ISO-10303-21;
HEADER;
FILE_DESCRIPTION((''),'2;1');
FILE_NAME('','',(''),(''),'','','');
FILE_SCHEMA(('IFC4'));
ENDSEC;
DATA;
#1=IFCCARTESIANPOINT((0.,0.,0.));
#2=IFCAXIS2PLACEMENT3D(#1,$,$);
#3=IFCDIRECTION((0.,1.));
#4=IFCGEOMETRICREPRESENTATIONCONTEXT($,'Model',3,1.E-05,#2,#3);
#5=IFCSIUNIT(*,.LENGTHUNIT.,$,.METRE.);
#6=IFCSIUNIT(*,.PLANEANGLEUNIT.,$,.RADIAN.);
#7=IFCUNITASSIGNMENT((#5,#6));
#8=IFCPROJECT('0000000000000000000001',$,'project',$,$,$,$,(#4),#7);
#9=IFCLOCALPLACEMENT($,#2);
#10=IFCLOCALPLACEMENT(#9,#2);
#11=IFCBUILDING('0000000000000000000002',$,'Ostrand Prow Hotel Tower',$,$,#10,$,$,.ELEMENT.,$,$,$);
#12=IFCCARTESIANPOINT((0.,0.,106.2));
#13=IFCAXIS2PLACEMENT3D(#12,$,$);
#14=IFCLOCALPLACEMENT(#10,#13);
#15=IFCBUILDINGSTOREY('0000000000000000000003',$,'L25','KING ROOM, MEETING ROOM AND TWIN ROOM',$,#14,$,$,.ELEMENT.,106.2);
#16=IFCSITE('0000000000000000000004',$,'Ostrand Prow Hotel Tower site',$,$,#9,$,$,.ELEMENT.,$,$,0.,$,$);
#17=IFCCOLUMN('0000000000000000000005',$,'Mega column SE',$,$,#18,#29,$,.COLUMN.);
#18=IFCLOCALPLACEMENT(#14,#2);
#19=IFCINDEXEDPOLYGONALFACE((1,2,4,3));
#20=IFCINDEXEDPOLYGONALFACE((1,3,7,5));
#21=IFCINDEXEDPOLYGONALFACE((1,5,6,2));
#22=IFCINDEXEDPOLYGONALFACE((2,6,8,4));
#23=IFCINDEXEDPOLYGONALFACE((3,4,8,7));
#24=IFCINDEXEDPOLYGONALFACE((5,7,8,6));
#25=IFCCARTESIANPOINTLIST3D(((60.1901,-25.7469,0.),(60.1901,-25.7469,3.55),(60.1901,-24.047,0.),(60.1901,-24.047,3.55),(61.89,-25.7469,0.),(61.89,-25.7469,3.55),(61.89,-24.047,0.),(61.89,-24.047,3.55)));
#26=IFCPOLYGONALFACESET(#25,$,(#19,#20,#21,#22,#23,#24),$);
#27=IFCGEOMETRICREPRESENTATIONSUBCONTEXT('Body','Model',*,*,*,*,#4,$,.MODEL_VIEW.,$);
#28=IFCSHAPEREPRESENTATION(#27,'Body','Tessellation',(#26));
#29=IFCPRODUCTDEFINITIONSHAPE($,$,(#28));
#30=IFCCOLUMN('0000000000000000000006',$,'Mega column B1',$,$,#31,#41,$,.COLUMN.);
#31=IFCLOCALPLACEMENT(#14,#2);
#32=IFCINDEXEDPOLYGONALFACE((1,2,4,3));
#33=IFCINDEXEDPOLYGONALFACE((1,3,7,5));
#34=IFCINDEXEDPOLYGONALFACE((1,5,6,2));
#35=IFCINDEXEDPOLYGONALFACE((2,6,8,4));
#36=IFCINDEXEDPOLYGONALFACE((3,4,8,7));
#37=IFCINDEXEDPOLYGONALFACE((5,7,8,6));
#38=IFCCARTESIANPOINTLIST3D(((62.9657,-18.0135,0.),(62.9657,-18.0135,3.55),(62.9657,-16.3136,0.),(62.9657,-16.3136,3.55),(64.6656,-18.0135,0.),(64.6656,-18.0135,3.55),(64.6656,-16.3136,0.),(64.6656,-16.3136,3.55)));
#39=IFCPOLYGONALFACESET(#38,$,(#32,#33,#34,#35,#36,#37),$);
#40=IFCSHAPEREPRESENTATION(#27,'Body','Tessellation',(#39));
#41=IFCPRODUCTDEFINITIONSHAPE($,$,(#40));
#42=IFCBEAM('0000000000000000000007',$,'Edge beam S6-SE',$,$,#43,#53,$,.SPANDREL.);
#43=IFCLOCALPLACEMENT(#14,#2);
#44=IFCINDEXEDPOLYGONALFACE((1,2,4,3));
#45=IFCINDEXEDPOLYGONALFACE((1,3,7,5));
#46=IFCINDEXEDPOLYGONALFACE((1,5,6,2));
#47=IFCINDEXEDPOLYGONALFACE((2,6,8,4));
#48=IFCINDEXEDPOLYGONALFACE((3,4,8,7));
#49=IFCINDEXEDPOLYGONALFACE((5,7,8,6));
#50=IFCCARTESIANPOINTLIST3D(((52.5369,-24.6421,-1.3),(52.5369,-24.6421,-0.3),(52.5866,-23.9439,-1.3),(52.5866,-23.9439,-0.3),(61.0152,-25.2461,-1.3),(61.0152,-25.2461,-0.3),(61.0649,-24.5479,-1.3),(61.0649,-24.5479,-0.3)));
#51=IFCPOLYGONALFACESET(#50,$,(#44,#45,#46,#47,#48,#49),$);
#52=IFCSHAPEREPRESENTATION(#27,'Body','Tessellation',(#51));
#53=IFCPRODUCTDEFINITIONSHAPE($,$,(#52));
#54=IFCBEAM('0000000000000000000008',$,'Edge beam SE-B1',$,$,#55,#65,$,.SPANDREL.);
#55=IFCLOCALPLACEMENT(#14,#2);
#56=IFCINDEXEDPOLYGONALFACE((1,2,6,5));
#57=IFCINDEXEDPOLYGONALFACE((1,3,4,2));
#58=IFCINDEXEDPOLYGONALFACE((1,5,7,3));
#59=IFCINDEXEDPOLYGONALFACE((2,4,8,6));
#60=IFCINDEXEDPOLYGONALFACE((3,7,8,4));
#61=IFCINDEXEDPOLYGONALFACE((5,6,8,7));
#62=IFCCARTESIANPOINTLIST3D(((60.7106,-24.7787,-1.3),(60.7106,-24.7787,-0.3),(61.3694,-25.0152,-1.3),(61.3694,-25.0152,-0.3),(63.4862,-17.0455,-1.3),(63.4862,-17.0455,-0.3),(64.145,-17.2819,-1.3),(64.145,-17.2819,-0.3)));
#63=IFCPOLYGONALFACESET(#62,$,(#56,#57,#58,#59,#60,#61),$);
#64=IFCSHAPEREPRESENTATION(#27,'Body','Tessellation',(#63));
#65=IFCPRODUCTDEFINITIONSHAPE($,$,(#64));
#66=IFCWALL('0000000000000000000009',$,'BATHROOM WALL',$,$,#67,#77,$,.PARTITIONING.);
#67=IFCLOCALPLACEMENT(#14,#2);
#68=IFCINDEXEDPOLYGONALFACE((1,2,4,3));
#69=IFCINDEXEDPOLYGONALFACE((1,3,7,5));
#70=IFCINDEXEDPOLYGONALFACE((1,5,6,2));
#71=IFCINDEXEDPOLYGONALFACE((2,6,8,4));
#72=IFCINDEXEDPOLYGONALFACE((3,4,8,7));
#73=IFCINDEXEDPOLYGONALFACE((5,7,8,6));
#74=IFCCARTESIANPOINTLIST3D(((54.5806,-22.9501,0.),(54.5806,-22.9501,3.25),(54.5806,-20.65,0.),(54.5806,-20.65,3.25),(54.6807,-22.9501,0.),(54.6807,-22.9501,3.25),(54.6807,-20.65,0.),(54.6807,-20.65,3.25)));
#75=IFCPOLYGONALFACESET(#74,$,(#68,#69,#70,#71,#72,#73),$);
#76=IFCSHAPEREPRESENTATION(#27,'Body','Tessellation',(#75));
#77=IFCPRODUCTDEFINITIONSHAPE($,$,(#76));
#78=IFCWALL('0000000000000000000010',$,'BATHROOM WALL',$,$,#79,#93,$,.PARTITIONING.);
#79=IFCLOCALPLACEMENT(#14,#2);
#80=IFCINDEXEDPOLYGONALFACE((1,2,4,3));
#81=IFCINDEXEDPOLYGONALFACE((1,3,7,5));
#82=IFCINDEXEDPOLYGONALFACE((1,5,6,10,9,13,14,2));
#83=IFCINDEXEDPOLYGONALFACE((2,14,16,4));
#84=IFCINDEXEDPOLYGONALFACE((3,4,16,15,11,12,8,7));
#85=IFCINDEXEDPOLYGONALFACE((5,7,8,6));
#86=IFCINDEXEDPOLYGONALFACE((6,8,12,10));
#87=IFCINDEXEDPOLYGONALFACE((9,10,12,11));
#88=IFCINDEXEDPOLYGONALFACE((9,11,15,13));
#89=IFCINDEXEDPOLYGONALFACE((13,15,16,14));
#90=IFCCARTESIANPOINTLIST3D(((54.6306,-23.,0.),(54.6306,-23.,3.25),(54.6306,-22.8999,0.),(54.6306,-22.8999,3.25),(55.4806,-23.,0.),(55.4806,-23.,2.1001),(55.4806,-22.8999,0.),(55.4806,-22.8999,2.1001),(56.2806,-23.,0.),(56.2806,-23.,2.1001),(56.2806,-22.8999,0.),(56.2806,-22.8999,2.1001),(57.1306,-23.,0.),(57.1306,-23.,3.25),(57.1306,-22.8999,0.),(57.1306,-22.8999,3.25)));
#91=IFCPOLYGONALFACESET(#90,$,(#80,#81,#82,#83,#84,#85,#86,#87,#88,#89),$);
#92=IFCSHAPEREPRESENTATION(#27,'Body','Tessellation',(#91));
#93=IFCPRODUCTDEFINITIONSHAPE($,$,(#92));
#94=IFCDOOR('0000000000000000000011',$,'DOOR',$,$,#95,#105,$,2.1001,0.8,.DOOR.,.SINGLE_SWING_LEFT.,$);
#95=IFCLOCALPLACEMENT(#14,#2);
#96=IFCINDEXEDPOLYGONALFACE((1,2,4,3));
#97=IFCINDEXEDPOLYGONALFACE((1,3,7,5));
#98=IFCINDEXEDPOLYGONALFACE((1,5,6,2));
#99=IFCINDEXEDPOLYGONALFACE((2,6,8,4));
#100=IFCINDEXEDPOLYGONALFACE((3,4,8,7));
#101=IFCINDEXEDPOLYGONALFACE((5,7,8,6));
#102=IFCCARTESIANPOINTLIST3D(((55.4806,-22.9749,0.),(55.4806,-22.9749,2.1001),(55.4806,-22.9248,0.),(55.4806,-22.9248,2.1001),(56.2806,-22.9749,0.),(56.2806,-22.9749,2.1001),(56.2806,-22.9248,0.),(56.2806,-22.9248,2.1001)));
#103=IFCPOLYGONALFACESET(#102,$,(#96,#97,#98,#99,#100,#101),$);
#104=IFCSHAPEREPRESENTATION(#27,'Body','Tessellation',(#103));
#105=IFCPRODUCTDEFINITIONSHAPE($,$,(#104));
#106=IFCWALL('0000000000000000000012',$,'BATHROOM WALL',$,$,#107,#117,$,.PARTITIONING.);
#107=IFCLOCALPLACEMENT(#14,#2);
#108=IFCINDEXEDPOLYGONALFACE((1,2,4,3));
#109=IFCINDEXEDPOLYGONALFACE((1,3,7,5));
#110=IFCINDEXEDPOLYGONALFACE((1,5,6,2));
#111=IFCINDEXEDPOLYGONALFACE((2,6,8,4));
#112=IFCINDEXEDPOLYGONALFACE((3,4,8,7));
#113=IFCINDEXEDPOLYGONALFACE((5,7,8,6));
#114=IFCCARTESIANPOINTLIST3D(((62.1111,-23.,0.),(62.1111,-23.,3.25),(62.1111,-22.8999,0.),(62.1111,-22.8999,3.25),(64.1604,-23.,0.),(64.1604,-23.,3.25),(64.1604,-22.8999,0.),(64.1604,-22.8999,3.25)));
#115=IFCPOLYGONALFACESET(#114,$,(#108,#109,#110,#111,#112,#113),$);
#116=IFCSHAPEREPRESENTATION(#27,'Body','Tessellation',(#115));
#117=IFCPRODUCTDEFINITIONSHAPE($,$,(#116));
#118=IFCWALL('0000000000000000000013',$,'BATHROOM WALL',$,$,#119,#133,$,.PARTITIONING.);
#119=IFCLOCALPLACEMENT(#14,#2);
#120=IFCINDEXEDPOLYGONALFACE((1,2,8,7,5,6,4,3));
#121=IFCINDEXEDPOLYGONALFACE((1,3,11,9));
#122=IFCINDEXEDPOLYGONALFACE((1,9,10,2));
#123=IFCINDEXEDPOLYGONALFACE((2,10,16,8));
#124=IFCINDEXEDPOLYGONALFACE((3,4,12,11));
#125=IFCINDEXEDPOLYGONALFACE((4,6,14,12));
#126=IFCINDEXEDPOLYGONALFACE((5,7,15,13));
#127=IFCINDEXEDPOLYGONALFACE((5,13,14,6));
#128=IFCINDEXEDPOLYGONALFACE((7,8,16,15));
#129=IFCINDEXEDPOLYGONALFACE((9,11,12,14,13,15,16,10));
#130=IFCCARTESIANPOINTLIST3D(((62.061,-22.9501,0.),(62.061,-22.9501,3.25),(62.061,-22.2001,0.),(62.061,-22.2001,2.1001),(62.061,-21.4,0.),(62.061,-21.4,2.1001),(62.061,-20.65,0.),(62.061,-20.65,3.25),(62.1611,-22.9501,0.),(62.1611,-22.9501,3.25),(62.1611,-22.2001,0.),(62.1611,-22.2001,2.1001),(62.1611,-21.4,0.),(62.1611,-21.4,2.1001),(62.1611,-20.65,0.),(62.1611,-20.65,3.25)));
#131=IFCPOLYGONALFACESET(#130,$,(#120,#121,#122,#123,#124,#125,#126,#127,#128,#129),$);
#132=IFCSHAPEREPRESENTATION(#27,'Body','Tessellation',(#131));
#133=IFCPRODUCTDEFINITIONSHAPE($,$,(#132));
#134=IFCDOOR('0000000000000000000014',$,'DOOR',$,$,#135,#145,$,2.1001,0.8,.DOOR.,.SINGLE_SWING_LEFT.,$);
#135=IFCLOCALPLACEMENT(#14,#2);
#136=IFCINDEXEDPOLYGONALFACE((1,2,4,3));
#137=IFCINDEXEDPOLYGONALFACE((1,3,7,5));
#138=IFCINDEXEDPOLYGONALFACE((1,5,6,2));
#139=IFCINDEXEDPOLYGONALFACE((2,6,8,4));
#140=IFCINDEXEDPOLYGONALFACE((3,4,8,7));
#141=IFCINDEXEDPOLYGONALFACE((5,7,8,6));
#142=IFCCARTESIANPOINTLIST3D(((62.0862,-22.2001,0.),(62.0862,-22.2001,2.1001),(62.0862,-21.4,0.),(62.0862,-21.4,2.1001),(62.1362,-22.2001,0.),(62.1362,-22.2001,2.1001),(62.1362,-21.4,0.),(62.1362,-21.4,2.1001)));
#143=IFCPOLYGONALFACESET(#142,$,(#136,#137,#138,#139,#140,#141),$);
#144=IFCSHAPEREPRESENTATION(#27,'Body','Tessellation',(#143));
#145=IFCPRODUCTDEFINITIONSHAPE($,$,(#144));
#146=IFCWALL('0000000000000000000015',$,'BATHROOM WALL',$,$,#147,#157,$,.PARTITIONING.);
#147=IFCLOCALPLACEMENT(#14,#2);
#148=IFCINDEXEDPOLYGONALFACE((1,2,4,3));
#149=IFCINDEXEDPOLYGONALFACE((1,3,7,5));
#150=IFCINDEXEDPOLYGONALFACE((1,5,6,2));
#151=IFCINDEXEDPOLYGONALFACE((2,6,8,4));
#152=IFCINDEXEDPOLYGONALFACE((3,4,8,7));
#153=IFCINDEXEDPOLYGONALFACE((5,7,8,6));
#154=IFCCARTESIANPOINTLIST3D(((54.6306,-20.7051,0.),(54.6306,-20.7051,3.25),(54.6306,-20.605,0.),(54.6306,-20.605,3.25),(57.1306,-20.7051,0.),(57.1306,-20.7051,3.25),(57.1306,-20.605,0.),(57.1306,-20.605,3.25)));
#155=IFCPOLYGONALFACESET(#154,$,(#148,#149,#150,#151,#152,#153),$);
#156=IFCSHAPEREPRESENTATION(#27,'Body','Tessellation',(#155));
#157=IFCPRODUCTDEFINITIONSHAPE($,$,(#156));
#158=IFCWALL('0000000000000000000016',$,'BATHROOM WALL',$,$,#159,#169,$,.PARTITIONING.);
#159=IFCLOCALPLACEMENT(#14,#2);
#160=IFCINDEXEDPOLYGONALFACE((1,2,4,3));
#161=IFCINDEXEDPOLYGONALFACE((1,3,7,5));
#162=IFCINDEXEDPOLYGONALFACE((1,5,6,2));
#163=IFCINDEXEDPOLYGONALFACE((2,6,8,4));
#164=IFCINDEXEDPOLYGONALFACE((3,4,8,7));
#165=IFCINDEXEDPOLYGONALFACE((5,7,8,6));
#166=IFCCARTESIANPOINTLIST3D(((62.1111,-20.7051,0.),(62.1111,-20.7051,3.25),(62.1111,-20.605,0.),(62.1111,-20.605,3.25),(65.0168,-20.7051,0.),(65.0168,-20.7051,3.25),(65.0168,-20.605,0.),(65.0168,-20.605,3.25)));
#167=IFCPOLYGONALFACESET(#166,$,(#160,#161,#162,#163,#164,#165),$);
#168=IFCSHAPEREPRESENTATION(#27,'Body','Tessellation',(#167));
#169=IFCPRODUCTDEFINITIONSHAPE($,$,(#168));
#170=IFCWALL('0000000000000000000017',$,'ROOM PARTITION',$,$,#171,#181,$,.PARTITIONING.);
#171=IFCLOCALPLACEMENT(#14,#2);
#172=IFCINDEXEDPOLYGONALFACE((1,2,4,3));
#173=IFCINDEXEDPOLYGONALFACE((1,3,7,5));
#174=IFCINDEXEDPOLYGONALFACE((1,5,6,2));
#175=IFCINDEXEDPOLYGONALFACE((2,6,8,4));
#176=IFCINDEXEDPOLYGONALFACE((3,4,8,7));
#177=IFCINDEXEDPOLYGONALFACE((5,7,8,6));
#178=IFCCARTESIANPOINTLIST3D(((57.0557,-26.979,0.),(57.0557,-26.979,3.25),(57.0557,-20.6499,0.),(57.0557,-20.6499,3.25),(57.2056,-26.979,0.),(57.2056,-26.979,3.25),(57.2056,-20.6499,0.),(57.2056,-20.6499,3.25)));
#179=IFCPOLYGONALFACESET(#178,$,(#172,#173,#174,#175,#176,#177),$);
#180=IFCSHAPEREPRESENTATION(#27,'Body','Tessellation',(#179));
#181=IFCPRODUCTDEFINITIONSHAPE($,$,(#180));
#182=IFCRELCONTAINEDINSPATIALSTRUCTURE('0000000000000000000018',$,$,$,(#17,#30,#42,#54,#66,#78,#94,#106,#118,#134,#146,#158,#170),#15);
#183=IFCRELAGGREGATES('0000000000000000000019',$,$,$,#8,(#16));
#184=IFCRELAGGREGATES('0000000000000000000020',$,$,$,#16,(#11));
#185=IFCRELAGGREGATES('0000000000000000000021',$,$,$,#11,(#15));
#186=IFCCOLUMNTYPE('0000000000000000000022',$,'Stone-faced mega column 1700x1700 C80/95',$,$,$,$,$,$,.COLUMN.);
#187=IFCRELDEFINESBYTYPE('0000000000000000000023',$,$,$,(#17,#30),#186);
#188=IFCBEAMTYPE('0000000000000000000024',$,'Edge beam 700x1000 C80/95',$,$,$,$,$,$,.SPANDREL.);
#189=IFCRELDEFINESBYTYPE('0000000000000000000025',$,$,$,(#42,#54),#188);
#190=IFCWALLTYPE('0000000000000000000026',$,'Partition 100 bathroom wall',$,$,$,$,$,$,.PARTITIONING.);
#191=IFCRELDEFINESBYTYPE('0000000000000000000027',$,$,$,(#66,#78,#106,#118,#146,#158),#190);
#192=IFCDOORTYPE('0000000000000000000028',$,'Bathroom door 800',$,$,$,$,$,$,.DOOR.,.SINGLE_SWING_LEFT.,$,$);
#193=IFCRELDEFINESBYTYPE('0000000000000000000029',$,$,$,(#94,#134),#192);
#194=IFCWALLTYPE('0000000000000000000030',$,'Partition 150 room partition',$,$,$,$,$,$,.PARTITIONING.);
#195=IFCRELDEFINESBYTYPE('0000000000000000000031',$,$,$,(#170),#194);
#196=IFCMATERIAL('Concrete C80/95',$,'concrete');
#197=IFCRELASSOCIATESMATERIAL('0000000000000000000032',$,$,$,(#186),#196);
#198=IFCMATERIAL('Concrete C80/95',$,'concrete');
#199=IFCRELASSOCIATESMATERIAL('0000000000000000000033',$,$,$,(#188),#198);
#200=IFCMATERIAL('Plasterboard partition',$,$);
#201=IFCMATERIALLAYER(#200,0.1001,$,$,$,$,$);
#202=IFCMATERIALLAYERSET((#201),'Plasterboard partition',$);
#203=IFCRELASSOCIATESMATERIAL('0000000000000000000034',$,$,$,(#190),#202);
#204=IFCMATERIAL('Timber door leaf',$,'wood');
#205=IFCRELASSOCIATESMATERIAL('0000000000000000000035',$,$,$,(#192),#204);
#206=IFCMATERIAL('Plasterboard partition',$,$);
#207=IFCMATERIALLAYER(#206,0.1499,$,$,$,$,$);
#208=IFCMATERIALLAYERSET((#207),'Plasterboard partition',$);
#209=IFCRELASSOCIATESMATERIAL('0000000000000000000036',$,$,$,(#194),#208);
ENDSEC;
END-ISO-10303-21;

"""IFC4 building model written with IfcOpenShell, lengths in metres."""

from ifc_helpers import new_model, si_unit, direction, frame, frame_2d, origin, origin_2d, place, context, subcontext, project, spatial, rectangle, extrude, material, layer, layer_set, material_profile, profile_set, type_object, element, fill, save


model = new_model("IFC4")

# Units and contexts
model_context = context("Model", 3, precision=1e-05, world=origin(), true_north=direction((0.0, 1.0)))
body_context = subcontext(model_context, "Body", "Model", "MODEL_VIEW")
ifc_project = project(units=[si_unit("LENGTHUNIT", "METRE"), si_unit("PLANEANGLEUNIT", "RADIAN")], contexts=[model_context])

# Site, building, storey
site_placement = place(None, origin())
site = spatial("IfcSite", under=ifc_project, at=site_placement, Name="Ostrand Prow Hotel Tower site", CompositionType="ELEMENT", RefElevation=0.0)
building_placement = place(site_placement, origin())
building = spatial("IfcBuilding", under=site, at=building_placement, Name="Ostrand Prow Hotel Tower", CompositionType="ELEMENT")
storey_placement = place(building_placement, frame((0.0, 0.0, 106.2)))
storey = spatial("IfcBuildingStorey", under=building, at=storey_placement, Name="L25", Description="KING ROOM, MEETING ROOM AND TWIN ROOM", CompositionType="ELEMENT", Elevation=106.2)

# Columns
ifc_material_1 = material(Name="Concrete C80/95", Category="concrete")
ifc_material_profile_1 = material_profile(ifc_material_1, rectangle(XDim=1.7, YDim=1.7, at=origin_2d()), Name="RC 1700x1700")
ifc_profile_set_1 = profile_set([ifc_material_profile_1], Name="Concrete C80/95")
column_type = type_object("IfcColumnType", Name="Stone-faced mega column 1700x1700 C80/95", PredefinedType="COLUMN", material=ifc_profile_set_1)
for number, where, z_axis, x_axis, name in (
    (1, (61.04, -24.897, 0.0), (0.0, 0.0, 1.0), (1.0, 0.0, 0.0), "Mega column SE"),
    (2, (63.8157, -17.1636, 0.0), (0.0, 0.0, 1.0), (1.0, 0.0, 0.0), "Mega column B1"),
):
    element("IfcColumn", number, at=place(storey_placement, frame(where, z_axis=z_axis, x_axis=x_axis)), inside=storey, type_object=column_type, Name=name, PredefinedType="COLUMN", context=body_context, shape_type="SweptSolid", body=[
        extrude(rectangle(XDim=1.7, YDim=1.7, at=origin_2d()), origin(), (0.0, 0.0, 1.0), 3.55),
    ])

# Beams
ifc_material_2 = material(Name="Concrete C80/95", Category="concrete")
ifc_material_profile_2 = material_profile(ifc_material_2, rectangle(XDim=0.7, YDim=1.0, at=origin_2d()), Name="RC 700x1000")
ifc_profile_set_2 = profile_set([ifc_material_profile_2], Name="Concrete C80/95")
beam_type = type_object("IfcBeamType", Name="Edge beam 700x1000 C80/95", PredefinedType="SPANDREL", material=ifc_profile_set_2)
beam_1_placement = place(storey_placement, frame((52.5618, -24.293, -0.8), z_axis=(0.997472, -0.071061, 0.0), x_axis=(0.071061, 0.997472, 0.0)))
element("IfcBeam", 3, at=beam_1_placement, inside=storey, type_object=beam_type, Name="Edge beam S6-SE", PredefinedType="SPANDREL", context=body_context, shape_type="SweptSolid", body=[
    extrude(rectangle(XDim=0.7, YDim=1.0, at=origin_2d()), origin(), (0.0, 0.0, 1.0), 8.4998),
])
beam_2_placement = place(storey_placement, frame((61.04, -24.897, -0.8), z_axis=(0.337815, 0.941212, 0.0), x_axis=(-0.941212, 0.337815, 0.0)))
element("IfcBeam", 4, at=beam_2_placement, inside=storey, type_object=beam_type, Name="Edge beam SE-B1", PredefinedType="SPANDREL", context=body_context, shape_type="SweptSolid", body=[
    extrude(rectangle(XDim=0.7, YDim=1.0, at=origin_2d()), origin(), (0.0, 0.0, 1.0), 8.2163),
])

# Wall
ifc_material_3 = material(Name="Plasterboard partition")
ifc_layer_1 = layer(ifc_material_3, 0.1001)
ifc_layer_set_1 = layer_set([ifc_layer_1], Name="Plasterboard partition")
wall_type_1 = type_object("IfcWallType", Name="Partition 100 bathroom wall", PredefinedType="PARTITIONING", material=ifc_layer_set_1)
wall_1_placement = place(storey_placement, frame((54.6306, -22.95, 0.0), z_axis=(0.0, 0.0, 1.0), x_axis=(0.0, 1.0, 0.0)))
element("IfcWall", 5, at=wall_1_placement, inside=storey, type_object=wall_type_1, Name="BATHROOM WALL", PredefinedType="PARTITIONING", context=body_context, shape_type="SweptSolid", body=[
    extrude(rectangle(XDim=2.3, YDim=0.1001, at=frame_2d((1.1499, 0.0))), origin(), (0.0, 0.0, 1.0), 3.25),
])

# Wall, opening, door
wall_2_placement = place(storey_placement, frame((57.1306, -22.95, 0.0), z_axis=(0.0, 0.0, 1.0), x_axis=(-1.0, 0.0, 0.0)))
wall_2 = element("IfcWall", 6, at=wall_2_placement, inside=storey, type_object=wall_type_1, Name="BATHROOM WALL", PredefinedType="PARTITIONING", context=body_context, shape_type="SweptSolid", body=[
    extrude(rectangle(XDim=2.5, YDim=0.1001, at=frame_2d((1.25, 0.0))), origin(), (0.0, 0.0, 1.0), 3.25),
])
opening_1_placement = place(wall_2_placement, frame((0.8501, 0.0, 0.0)))
opening_1 = element("IfcOpeningElement", 7, at=opening_1_placement, cuts=wall_2, PredefinedType="OPENING", context=body_context, shape_type="SweptSolid", body=[
    extrude(rectangle(XDim=0.8, YDim=2.1001, at=frame_2d((0.3999, 1.05))), frame((0.0, 0.0601, 0.0), z_axis=(0.0, -1.0, 0.0), x_axis=(1.0, 0.0, 0.0)), (0.0, 0.0, 1.0), 0.1201),
])
ifc_material_4 = material(Name="Timber door leaf", Category="wood")
door_type_1 = type_object("IfcDoorType", Name="Bathroom door 800", OperationType="SINGLE_SWING_LEFT", PredefinedType="DOOR", material=ifc_material_4)
door_1_placement = place(opening_1_placement, origin())
door_1 = element("IfcDoor", 8, at=door_1_placement, inside=storey, type_object=door_type_1, Name="DOOR", OperationType="SINGLE_SWING_LEFT", OverallHeight=2.1001, OverallWidth=0.8, PredefinedType="DOOR", context=body_context, shape_type="SweptSolid", body=[
    extrude(rectangle(XDim=0.8, YDim=2.1001, at=frame_2d((0.3999, 1.05))), frame((0.0, 0.0249, 0.0), z_axis=(0.0, -1.0, 0.0), x_axis=(1.0, 0.0, 0.0)), (0.0, 0.0, 1.0), 0.05),
])
fill(opening_1, door_1)

# Wall
wall_3_placement = place(storey_placement, frame((64.1604, -22.95, 0.0), z_axis=(0.0, 0.0, 1.0), x_axis=(-1.0, 0.0, 0.0)))
element("IfcWall", 9, at=wall_3_placement, inside=storey, type_object=wall_type_1, Name="BATHROOM WALL", PredefinedType="PARTITIONING", context=body_context, shape_type="SweptSolid", body=[
    extrude(rectangle(XDim=2.0493, YDim=0.1001, at=frame_2d((1.0247, 0.0))), origin(), (0.0, 0.0, 1.0), 3.25),
])

# Wall, opening, door
wall_4_placement = place(storey_placement, frame((62.1111, -22.95, 0.0), z_axis=(0.0, 0.0, 1.0), x_axis=(0.0, 1.0, 0.0)))
wall_4 = element("IfcWall", 10, at=wall_4_placement, inside=storey, type_object=wall_type_1, Name="BATHROOM WALL", PredefinedType="PARTITIONING", context=body_context, shape_type="SweptSolid", body=[
    extrude(rectangle(XDim=2.3, YDim=0.1001, at=frame_2d((1.1499, 0.0))), origin(), (0.0, 0.0, 1.0), 3.25),
])
opening_2_placement = place(wall_4_placement, frame((0.75, 0.0, 0.0)))
opening_2 = element("IfcOpeningElement", 11, at=opening_2_placement, cuts=wall_4, PredefinedType="OPENING", context=body_context, shape_type="SweptSolid", body=[
    extrude(rectangle(XDim=0.8, YDim=2.1001, at=frame_2d((0.3999, 1.05))), frame((0.0, 0.0601, 0.0), z_axis=(0.0, -1.0, 0.0), x_axis=(1.0, 0.0, 0.0)), (0.0, 0.0, 1.0), 0.1201),
])
door_2_placement = place(opening_2_placement, origin())
door_2 = element("IfcDoor", 12, at=door_2_placement, inside=storey, type_object=door_type_1, Name="DOOR", OperationType="SINGLE_SWING_LEFT", OverallHeight=2.1001, OverallWidth=0.8, PredefinedType="DOOR", context=body_context, shape_type="SweptSolid", body=[
    extrude(rectangle(XDim=0.8, YDim=2.1001, at=frame_2d((0.3999, 1.05))), frame((0.0, 0.0249, 0.0), z_axis=(0.0, -1.0, 0.0), x_axis=(1.0, 0.0, 0.0)), (0.0, 0.0, 1.0), 0.05),
])
fill(opening_2, door_2)

# Walls
wall_5_placement = place(storey_placement, frame((54.6306, -20.655, 0.0), z_axis=(0.0, 0.0, 1.0), x_axis=(1.0, 0.0, 0.0)))
element("IfcWall", 13, at=wall_5_placement, inside=storey, type_object=wall_type_1, Name="BATHROOM WALL", PredefinedType="PARTITIONING", context=body_context, shape_type="SweptSolid", body=[
    extrude(rectangle(XDim=2.5, YDim=0.1001, at=frame_2d((1.25, 0.0))), origin(), (0.0, 0.0, 1.0), 3.25),
])
wall_6_placement = place(storey_placement, frame((62.1111, -20.655, 0.0), z_axis=(0.0, 0.0, 1.0), x_axis=(1.0, 0.0, 0.0)))
element("IfcWall", 14, at=wall_6_placement, inside=storey, type_object=wall_type_1, Name="BATHROOM WALL", PredefinedType="PARTITIONING", context=body_context, shape_type="SweptSolid", body=[
    extrude(rectangle(XDim=2.9058, YDim=0.1001, at=frame_2d((1.4529, 0.0))), origin(), (0.0, 0.0, 1.0), 3.25),
])
ifc_material_5 = material(Name="Plasterboard partition")
ifc_layer_2 = layer(ifc_material_5, 0.1499)
ifc_layer_set_2 = layer_set([ifc_layer_2], Name="Plasterboard partition")
wall_type_2 = type_object("IfcWallType", Name="Partition 150 room partition", PredefinedType="PARTITIONING", material=ifc_layer_set_2)
wall_7_placement = place(storey_placement, frame((57.1306, -26.979, 0.0), z_axis=(0.0, 0.0, 1.0), x_axis=(0.0, 1.0, 0.0)))
element("IfcWall", 15, at=wall_7_placement, inside=storey, type_object=wall_type_2, Name="ROOM PARTITION", PredefinedType="PARTITIONING", context=body_context, shape_type="SweptSolid", body=[
    extrude(rectangle(XDim=6.3291, YDim=0.1499, at=frame_2d((3.1646, 0.0))), origin(), (0.0, 0.0, 1.0), 3.25),
])

save(model, "model.ifc")
